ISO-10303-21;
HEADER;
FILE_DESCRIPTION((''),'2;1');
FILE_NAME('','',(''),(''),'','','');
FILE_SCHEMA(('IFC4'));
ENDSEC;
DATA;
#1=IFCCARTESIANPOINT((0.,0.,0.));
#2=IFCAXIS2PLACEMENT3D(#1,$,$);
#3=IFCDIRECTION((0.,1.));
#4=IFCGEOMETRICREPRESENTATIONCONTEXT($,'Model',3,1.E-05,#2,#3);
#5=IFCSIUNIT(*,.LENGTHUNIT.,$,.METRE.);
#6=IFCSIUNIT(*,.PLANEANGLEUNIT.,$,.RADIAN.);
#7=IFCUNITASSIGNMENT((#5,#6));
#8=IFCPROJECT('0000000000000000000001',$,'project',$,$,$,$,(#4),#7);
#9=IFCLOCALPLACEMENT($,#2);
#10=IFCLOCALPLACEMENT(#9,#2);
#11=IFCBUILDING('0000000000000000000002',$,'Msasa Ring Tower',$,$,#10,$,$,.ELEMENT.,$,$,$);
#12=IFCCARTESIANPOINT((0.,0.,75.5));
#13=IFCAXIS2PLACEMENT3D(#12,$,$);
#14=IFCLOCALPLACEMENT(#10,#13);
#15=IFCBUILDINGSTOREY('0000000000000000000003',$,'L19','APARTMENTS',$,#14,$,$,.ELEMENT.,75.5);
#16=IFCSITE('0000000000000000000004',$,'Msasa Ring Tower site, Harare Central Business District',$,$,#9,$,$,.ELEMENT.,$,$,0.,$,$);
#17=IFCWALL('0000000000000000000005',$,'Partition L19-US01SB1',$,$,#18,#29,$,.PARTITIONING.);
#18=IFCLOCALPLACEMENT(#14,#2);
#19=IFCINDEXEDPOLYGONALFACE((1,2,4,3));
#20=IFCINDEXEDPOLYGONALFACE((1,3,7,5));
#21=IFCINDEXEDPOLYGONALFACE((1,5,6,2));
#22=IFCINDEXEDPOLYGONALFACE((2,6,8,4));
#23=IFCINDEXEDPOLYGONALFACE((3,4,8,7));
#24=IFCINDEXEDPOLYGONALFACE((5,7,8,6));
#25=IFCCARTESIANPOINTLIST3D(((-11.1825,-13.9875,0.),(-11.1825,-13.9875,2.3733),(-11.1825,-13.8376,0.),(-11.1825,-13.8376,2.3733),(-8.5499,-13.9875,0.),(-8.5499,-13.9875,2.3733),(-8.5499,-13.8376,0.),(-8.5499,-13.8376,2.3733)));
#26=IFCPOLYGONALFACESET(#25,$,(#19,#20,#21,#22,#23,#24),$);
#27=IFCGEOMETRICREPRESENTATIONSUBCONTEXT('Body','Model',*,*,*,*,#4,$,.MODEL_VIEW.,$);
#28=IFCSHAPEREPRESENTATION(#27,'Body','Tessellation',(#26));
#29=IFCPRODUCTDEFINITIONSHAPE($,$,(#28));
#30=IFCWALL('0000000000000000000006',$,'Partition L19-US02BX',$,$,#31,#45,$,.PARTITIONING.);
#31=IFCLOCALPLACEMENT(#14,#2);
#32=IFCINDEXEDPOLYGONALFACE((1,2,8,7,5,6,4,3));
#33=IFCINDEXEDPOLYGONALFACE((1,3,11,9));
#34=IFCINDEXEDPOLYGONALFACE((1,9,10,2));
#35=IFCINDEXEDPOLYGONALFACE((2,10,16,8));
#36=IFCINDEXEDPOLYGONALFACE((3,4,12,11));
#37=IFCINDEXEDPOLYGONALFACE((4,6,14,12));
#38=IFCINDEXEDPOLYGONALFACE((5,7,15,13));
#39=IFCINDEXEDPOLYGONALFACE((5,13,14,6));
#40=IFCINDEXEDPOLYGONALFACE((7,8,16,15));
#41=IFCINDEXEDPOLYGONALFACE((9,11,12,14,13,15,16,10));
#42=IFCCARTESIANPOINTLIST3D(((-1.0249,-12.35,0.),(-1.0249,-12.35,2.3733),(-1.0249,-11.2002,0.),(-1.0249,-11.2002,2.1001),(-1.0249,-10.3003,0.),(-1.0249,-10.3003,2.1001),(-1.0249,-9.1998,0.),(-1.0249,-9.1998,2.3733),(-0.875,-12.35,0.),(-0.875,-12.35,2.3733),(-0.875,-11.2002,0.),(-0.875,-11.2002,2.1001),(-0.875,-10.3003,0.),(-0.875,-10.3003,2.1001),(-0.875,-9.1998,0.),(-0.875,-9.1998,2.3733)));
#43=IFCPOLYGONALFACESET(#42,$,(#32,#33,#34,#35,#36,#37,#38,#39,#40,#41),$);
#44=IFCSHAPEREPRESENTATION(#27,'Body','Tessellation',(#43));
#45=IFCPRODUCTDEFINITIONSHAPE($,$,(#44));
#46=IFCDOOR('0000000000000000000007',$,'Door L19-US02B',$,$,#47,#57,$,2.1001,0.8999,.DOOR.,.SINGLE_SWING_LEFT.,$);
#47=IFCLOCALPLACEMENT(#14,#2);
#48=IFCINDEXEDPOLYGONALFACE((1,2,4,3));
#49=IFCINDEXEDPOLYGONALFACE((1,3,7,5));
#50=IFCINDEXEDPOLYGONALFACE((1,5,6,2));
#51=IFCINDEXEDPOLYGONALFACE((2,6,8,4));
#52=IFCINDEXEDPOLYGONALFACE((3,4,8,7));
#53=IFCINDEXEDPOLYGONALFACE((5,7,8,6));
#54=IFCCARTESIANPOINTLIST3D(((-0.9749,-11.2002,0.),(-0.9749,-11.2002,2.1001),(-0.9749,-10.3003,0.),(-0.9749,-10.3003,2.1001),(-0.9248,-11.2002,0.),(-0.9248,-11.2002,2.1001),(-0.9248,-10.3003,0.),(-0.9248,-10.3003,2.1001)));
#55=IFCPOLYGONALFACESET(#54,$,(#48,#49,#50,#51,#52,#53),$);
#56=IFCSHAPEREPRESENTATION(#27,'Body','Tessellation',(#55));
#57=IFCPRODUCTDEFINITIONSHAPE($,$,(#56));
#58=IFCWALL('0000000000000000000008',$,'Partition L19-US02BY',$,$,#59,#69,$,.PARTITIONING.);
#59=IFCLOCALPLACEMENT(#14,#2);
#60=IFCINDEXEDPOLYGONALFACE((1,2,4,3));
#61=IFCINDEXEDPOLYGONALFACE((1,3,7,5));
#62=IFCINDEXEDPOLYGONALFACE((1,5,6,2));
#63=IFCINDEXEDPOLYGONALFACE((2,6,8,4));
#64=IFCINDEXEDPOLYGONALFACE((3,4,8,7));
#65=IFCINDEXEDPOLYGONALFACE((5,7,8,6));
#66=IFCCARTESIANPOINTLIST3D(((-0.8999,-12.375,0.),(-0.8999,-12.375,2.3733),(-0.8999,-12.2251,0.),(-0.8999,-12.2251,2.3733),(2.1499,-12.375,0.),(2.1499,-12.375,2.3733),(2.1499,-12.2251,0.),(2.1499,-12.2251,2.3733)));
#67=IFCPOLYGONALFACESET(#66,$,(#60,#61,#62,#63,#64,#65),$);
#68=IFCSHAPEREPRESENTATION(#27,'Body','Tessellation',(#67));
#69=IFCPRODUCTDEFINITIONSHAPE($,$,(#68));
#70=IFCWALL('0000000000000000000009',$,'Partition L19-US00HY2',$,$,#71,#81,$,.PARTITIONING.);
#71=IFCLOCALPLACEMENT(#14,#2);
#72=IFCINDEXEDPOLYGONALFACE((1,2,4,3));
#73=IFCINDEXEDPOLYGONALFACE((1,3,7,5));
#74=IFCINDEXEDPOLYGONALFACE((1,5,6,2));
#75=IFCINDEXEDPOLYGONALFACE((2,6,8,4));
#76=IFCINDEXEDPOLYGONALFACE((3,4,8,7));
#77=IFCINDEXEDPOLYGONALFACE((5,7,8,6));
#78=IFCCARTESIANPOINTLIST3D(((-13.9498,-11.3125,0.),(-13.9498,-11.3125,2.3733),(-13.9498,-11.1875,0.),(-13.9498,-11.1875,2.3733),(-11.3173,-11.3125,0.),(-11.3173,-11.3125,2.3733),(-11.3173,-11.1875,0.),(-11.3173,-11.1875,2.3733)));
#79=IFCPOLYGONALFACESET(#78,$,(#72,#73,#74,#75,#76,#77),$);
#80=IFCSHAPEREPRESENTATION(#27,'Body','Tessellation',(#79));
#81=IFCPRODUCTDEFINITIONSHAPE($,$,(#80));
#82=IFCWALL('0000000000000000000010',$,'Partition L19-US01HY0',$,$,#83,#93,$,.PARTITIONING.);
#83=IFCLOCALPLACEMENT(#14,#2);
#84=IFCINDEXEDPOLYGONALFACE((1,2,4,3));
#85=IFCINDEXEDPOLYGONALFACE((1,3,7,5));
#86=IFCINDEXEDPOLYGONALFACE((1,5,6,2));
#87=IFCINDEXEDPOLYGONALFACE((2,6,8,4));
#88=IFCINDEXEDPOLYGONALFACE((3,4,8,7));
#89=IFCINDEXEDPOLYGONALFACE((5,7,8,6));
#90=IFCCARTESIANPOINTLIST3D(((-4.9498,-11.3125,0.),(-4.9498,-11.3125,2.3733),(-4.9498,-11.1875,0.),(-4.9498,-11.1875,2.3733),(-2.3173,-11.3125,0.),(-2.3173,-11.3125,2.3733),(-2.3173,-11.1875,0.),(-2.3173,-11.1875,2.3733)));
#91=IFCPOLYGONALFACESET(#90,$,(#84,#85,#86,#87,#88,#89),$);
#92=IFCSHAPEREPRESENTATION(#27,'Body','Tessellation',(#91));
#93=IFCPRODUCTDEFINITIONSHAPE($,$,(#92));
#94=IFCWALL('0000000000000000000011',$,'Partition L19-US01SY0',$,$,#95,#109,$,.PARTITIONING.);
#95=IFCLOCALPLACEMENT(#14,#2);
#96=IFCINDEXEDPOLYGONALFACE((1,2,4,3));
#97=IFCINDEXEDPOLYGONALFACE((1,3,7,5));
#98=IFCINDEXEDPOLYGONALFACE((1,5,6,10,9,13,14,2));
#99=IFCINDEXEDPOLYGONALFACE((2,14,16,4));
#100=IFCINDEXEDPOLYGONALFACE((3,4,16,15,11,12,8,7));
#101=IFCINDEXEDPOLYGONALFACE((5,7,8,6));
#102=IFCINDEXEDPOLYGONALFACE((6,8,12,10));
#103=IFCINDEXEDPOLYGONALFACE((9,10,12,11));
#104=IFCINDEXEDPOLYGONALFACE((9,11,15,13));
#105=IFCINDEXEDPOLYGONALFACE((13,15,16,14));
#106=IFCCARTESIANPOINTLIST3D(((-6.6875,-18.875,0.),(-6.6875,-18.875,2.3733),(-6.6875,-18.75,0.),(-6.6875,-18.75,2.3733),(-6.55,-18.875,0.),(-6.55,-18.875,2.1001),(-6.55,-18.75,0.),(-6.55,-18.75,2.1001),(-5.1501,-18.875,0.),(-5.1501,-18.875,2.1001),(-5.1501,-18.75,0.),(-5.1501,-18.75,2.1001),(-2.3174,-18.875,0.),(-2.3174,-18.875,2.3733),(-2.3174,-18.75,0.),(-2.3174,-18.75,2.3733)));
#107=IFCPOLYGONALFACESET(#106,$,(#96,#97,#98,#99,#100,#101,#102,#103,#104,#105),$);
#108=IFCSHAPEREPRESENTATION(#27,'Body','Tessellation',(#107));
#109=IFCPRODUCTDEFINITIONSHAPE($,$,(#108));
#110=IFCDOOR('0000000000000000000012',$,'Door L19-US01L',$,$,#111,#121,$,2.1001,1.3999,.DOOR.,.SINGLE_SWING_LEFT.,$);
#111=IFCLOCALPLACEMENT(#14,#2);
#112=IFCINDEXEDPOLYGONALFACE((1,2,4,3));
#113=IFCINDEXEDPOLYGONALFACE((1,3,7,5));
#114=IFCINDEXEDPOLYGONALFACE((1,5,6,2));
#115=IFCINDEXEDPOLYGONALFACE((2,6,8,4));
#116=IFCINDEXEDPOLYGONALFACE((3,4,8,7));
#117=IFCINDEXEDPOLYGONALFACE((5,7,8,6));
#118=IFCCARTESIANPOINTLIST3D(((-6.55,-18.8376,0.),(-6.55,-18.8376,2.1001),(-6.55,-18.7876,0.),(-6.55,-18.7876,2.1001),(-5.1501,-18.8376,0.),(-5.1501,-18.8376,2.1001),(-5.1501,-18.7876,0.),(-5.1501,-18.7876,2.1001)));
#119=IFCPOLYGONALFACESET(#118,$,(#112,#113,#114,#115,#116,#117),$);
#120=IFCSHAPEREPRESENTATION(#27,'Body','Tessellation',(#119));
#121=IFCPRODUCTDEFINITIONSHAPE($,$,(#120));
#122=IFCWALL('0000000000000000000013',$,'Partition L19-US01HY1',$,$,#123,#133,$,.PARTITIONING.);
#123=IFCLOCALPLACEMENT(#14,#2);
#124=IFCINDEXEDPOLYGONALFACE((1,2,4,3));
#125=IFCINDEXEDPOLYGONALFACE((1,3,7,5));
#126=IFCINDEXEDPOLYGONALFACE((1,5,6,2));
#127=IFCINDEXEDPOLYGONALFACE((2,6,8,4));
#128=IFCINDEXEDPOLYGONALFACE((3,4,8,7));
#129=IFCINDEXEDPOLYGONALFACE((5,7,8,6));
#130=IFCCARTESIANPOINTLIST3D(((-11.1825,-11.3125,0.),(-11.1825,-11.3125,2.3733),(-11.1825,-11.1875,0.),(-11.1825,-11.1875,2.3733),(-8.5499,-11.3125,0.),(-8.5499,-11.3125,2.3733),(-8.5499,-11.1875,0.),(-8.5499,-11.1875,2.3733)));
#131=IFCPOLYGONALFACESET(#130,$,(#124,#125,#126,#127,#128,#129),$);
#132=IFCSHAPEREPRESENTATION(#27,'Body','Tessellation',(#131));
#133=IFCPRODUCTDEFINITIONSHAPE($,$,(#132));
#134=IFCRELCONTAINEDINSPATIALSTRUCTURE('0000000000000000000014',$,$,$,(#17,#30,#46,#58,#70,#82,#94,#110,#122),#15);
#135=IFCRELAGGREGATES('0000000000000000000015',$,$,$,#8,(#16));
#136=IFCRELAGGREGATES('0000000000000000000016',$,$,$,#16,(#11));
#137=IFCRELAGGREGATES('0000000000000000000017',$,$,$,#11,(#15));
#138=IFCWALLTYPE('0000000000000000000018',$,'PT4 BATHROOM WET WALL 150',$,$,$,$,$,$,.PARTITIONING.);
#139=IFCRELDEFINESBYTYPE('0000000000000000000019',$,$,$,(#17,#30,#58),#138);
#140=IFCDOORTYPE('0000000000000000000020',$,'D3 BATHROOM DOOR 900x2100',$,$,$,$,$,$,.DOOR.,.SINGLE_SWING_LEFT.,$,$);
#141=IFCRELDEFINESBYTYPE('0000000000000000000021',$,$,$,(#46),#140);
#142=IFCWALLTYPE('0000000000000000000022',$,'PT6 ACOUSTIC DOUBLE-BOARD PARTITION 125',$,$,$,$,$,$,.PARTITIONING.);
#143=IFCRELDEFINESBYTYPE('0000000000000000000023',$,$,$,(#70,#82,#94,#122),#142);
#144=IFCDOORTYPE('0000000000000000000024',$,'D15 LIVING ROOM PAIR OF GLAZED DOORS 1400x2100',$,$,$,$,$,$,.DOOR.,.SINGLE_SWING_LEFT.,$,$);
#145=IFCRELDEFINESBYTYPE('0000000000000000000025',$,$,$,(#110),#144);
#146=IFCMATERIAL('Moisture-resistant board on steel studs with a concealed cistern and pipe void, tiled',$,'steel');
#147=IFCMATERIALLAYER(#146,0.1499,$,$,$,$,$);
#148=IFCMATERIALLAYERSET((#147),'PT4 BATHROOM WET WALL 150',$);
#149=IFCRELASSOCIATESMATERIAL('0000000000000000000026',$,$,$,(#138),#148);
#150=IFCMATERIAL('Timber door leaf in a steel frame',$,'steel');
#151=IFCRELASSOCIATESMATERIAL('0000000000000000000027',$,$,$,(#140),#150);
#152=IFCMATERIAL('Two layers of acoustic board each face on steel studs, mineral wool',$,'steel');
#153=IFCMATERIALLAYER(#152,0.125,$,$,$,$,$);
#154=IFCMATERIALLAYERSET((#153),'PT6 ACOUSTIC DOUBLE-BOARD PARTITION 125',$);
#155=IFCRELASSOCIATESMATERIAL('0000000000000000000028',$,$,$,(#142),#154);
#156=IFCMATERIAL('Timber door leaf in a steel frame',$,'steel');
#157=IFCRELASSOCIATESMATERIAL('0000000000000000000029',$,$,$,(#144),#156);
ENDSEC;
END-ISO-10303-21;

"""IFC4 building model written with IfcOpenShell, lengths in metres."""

from ifc_helpers import new_model, si_unit, direction, frame, frame_2d, origin, place, context, subcontext, project, spatial, rectangle, extrude, material, layer, layer_set, type_object, element, fill, save


model = new_model("IFC4")

# Units and contexts
model_context = context("Model", 3, precision=1e-05, world=origin(), true_north=direction((0.0, 1.0)))
body_context = subcontext(model_context, "Body", "Model", "MODEL_VIEW")
ifc_project = project(units=[si_unit("LENGTHUNIT", "METRE"), si_unit("PLANEANGLEUNIT", "RADIAN")], contexts=[model_context])

# Site, building, storey
site_placement = place(None, origin())
site = spatial("IfcSite", under=ifc_project, at=site_placement, Name="Msasa Ring Tower site, Harare Central Business District", CompositionType="ELEMENT", RefElevation=0.0)
building_placement = place(site_placement, origin())
building = spatial("IfcBuilding", under=site, at=building_placement, Name="Msasa Ring Tower", CompositionType="ELEMENT")
storey_placement = place(building_placement, frame((0.0, 0.0, 75.5)))
storey = spatial("IfcBuildingStorey", under=building, at=storey_placement, Name="L19", Description="APARTMENTS", CompositionType="ELEMENT", Elevation=75.5)

# Shared definitions
ifc_material_1 = material(Name="Moisture-resistant board on steel studs with a concealed cistern and pipe void, tiled", Category="steel")
ifc_layer_1 = layer(ifc_material_1, 0.1499)
ifc_layer_set_1 = layer_set([ifc_layer_1], Name="PT4 BATHROOM WET WALL 150")
wall_type_1 = type_object("IfcWallType", Name="PT4 BATHROOM WET WALL 150", PredefinedType="PARTITIONING", material=ifc_layer_set_1)

# Wall
wall_1_placement = place(storey_placement, frame((-11.1826, -13.9126, 0.0), z_axis=(0.0, 0.0, 1.0), x_axis=(1.0, 0.0, 0.0)))
element("IfcWall", 1, at=wall_1_placement, inside=storey, type_object=wall_type_1, Name="Partition L19-US01SB1", PredefinedType="PARTITIONING", context=body_context, shape_type="SweptSolid", body=[
    extrude(rectangle(XDim=2.6326, YDim=0.1499, at=frame_2d((1.3164, 0.0))), origin(), (0.0, 0.0, 1.0), 2.3733),
])

# Wall, opening, door
wall_2_placement = place(storey_placement, frame((-0.95, -12.3501, 0.0), z_axis=(0.0, 0.0, 1.0), x_axis=(0.0, 1.0, 0.0)))
wall_2 = element("IfcWall", 2, at=wall_2_placement, inside=storey, type_object=wall_type_1, Name="Partition L19-US02BX", PredefinedType="PARTITIONING", context=body_context, shape_type="SweptSolid", body=[
    extrude(rectangle(XDim=3.1501, YDim=0.1499, at=frame_2d((1.5752, 0.0))), origin(), (0.0, 0.0, 1.0), 2.3733),
])
opening_1_placement = place(wall_2_placement, frame((1.1499, 0.0, 0.0)))
opening_1 = element("IfcOpeningElement", 3, at=opening_1_placement, cuts=wall_2, PredefinedType="OPENING", context=body_context, shape_type="SweptSolid", body=[
    extrude(rectangle(XDim=0.8999, YDim=2.1001, at=frame_2d((0.45, 1.05))), frame((0.0, 0.085, 0.0), z_axis=(0.0, -1.0, 0.0), x_axis=(1.0, 0.0, 0.0)), (0.0, 0.0, 1.0), 0.1699),
])
ifc_material_2 = material(Name="Timber door leaf in a steel frame", Category="steel")
door_type_1 = type_object("IfcDoorType", Name="D3 BATHROOM DOOR 900x2100", OperationType="SINGLE_SWING_LEFT", PredefinedType="DOOR", material=ifc_material_2)
door_1_placement = place(opening_1_placement, origin())
door_1 = element("IfcDoor", 4, at=door_1_placement, inside=storey, type_object=door_type_1, Name="Door L19-US02B", OperationType="SINGLE_SWING_LEFT", OverallHeight=2.1001, OverallWidth=0.8999, PredefinedType="DOOR", context=body_context, shape_type="SweptSolid", body=[
    extrude(rectangle(XDim=0.8999, YDim=2.1001, at=frame_2d((0.45, 1.05))), frame((0.0, 0.0249, 0.0), z_axis=(0.0, -1.0, 0.0), x_axis=(1.0, 0.0, 0.0)), (0.0, 0.0, 1.0), 0.05),
])
fill(opening_1, door_1)

# Walls
wall_3_placement = place(storey_placement, frame((-0.8999, -12.3, 0.0), z_axis=(0.0, 0.0, 1.0), x_axis=(1.0, 0.0, 0.0)))
element("IfcWall", 5, at=wall_3_placement, inside=storey, type_object=wall_type_1, Name="Partition L19-US02BY", PredefinedType="PARTITIONING", context=body_context, shape_type="SweptSolid", body=[
    extrude(rectangle(XDim=3.0498, YDim=0.1499, at=frame_2d((1.5249, 0.0))), origin(), (0.0, 0.0, 1.0), 2.3733),
])
ifc_material_3 = material(Name="Two layers of acoustic board each face on steel studs, mineral wool", Category="steel")
ifc_layer_2 = layer(ifc_material_3, 0.125)
ifc_layer_set_2 = layer_set([ifc_layer_2], Name="PT6 ACOUSTIC DOUBLE-BOARD PARTITION 125")
wall_type_2 = type_object("IfcWallType", Name="PT6 ACOUSTIC DOUBLE-BOARD PARTITION 125", PredefinedType="PARTITIONING", material=ifc_layer_set_2)
for number, where, z_axis, x_axis, name in (
    (6, (-13.95, -11.25, 0.0), (0.0, 0.0, 1.0), (1.0, 0.0, 0.0), "Partition L19-US00HY2"),
    (7, (-4.95, -11.25, 0.0), (0.0, 0.0, 1.0), (1.0, 0.0, 0.0), "Partition L19-US01HY0"),
):
    element("IfcWall", number, at=place(storey_placement, frame(where, z_axis=z_axis, x_axis=x_axis)), inside=storey, type_object=wall_type_2, Name=name, PredefinedType="PARTITIONING", context=body_context, shape_type="SweptSolid", body=[
        extrude(rectangle(XDim=2.6326, YDim=0.125, at=frame_2d((1.3164, 0.0))), origin(), (0.0, 0.0, 1.0), 2.3733),
    ])

# Wall, opening, door
wall_4_placement = place(storey_placement, frame((-6.6875, -18.8125, 0.0), z_axis=(0.0, 0.0, 1.0), x_axis=(1.0, 0.0, 0.0)))
wall_4 = element("IfcWall", 8, at=wall_4_placement, inside=storey, type_object=wall_type_2, Name="Partition L19-US01SY0", PredefinedType="PARTITIONING", context=body_context, shape_type="SweptSolid", body=[
    extrude(rectangle(XDim=4.3701, YDim=0.125, at=frame_2d((2.1851, 0.0))), origin(), (0.0, 0.0, 1.0), 2.3733),
])
opening_2_placement = place(wall_4_placement, frame((0.1375, 0.0, 0.0)))
opening_2 = element("IfcOpeningElement", 9, at=opening_2_placement, cuts=wall_4, PredefinedType="OPENING", context=body_context, shape_type="SweptSolid", body=[
    extrude(rectangle(XDim=1.3999, YDim=2.1001, at=frame_2d((0.7, 1.05))), frame((0.0, 0.0725, 0.0), z_axis=(0.0, -1.0, 0.0), x_axis=(1.0, 0.0, 0.0)), (0.0, 0.0, 1.0), 0.145),
])
ifc_material_4 = material(Name="Timber door leaf in a steel frame", Category="steel")
door_type_2 = type_object("IfcDoorType", Name="D15 LIVING ROOM PAIR OF GLAZED DOORS 1400x2100", OperationType="SINGLE_SWING_LEFT", PredefinedType="DOOR", material=ifc_material_4)
door_2_placement = place(opening_2_placement, origin())
door_2 = element("IfcDoor", 10, at=door_2_placement, inside=storey, type_object=door_type_2, Name="Door L19-US01L", OperationType="SINGLE_SWING_LEFT", OverallHeight=2.1001, OverallWidth=1.3999, PredefinedType="DOOR", context=body_context, shape_type="SweptSolid", body=[
    extrude(rectangle(XDim=1.3999, YDim=2.1001, at=frame_2d((0.7, 1.05))), frame((0.0, 0.0249, 0.0), z_axis=(0.0, -1.0, 0.0), x_axis=(1.0, 0.0, 0.0)), (0.0, 0.0, 1.0), 0.05),
])
fill(opening_2, door_2)

# Wall
wall_5_placement = place(storey_placement, frame((-11.1826, -11.25, 0.0), z_axis=(0.0, 0.0, 1.0), x_axis=(1.0, 0.0, 0.0)))
element("IfcWall", 11, at=wall_5_placement, inside=storey, type_object=wall_type_2, Name="Partition L19-US01HY1", PredefinedType="PARTITIONING", context=body_context, shape_type="SweptSolid", body=[
    extrude(rectangle(XDim=2.6326, YDim=0.125, at=frame_2d((1.3164, 0.0))), origin(), (0.0, 0.0, 1.0), 2.3733),
])

save(model, "model.ifc")
